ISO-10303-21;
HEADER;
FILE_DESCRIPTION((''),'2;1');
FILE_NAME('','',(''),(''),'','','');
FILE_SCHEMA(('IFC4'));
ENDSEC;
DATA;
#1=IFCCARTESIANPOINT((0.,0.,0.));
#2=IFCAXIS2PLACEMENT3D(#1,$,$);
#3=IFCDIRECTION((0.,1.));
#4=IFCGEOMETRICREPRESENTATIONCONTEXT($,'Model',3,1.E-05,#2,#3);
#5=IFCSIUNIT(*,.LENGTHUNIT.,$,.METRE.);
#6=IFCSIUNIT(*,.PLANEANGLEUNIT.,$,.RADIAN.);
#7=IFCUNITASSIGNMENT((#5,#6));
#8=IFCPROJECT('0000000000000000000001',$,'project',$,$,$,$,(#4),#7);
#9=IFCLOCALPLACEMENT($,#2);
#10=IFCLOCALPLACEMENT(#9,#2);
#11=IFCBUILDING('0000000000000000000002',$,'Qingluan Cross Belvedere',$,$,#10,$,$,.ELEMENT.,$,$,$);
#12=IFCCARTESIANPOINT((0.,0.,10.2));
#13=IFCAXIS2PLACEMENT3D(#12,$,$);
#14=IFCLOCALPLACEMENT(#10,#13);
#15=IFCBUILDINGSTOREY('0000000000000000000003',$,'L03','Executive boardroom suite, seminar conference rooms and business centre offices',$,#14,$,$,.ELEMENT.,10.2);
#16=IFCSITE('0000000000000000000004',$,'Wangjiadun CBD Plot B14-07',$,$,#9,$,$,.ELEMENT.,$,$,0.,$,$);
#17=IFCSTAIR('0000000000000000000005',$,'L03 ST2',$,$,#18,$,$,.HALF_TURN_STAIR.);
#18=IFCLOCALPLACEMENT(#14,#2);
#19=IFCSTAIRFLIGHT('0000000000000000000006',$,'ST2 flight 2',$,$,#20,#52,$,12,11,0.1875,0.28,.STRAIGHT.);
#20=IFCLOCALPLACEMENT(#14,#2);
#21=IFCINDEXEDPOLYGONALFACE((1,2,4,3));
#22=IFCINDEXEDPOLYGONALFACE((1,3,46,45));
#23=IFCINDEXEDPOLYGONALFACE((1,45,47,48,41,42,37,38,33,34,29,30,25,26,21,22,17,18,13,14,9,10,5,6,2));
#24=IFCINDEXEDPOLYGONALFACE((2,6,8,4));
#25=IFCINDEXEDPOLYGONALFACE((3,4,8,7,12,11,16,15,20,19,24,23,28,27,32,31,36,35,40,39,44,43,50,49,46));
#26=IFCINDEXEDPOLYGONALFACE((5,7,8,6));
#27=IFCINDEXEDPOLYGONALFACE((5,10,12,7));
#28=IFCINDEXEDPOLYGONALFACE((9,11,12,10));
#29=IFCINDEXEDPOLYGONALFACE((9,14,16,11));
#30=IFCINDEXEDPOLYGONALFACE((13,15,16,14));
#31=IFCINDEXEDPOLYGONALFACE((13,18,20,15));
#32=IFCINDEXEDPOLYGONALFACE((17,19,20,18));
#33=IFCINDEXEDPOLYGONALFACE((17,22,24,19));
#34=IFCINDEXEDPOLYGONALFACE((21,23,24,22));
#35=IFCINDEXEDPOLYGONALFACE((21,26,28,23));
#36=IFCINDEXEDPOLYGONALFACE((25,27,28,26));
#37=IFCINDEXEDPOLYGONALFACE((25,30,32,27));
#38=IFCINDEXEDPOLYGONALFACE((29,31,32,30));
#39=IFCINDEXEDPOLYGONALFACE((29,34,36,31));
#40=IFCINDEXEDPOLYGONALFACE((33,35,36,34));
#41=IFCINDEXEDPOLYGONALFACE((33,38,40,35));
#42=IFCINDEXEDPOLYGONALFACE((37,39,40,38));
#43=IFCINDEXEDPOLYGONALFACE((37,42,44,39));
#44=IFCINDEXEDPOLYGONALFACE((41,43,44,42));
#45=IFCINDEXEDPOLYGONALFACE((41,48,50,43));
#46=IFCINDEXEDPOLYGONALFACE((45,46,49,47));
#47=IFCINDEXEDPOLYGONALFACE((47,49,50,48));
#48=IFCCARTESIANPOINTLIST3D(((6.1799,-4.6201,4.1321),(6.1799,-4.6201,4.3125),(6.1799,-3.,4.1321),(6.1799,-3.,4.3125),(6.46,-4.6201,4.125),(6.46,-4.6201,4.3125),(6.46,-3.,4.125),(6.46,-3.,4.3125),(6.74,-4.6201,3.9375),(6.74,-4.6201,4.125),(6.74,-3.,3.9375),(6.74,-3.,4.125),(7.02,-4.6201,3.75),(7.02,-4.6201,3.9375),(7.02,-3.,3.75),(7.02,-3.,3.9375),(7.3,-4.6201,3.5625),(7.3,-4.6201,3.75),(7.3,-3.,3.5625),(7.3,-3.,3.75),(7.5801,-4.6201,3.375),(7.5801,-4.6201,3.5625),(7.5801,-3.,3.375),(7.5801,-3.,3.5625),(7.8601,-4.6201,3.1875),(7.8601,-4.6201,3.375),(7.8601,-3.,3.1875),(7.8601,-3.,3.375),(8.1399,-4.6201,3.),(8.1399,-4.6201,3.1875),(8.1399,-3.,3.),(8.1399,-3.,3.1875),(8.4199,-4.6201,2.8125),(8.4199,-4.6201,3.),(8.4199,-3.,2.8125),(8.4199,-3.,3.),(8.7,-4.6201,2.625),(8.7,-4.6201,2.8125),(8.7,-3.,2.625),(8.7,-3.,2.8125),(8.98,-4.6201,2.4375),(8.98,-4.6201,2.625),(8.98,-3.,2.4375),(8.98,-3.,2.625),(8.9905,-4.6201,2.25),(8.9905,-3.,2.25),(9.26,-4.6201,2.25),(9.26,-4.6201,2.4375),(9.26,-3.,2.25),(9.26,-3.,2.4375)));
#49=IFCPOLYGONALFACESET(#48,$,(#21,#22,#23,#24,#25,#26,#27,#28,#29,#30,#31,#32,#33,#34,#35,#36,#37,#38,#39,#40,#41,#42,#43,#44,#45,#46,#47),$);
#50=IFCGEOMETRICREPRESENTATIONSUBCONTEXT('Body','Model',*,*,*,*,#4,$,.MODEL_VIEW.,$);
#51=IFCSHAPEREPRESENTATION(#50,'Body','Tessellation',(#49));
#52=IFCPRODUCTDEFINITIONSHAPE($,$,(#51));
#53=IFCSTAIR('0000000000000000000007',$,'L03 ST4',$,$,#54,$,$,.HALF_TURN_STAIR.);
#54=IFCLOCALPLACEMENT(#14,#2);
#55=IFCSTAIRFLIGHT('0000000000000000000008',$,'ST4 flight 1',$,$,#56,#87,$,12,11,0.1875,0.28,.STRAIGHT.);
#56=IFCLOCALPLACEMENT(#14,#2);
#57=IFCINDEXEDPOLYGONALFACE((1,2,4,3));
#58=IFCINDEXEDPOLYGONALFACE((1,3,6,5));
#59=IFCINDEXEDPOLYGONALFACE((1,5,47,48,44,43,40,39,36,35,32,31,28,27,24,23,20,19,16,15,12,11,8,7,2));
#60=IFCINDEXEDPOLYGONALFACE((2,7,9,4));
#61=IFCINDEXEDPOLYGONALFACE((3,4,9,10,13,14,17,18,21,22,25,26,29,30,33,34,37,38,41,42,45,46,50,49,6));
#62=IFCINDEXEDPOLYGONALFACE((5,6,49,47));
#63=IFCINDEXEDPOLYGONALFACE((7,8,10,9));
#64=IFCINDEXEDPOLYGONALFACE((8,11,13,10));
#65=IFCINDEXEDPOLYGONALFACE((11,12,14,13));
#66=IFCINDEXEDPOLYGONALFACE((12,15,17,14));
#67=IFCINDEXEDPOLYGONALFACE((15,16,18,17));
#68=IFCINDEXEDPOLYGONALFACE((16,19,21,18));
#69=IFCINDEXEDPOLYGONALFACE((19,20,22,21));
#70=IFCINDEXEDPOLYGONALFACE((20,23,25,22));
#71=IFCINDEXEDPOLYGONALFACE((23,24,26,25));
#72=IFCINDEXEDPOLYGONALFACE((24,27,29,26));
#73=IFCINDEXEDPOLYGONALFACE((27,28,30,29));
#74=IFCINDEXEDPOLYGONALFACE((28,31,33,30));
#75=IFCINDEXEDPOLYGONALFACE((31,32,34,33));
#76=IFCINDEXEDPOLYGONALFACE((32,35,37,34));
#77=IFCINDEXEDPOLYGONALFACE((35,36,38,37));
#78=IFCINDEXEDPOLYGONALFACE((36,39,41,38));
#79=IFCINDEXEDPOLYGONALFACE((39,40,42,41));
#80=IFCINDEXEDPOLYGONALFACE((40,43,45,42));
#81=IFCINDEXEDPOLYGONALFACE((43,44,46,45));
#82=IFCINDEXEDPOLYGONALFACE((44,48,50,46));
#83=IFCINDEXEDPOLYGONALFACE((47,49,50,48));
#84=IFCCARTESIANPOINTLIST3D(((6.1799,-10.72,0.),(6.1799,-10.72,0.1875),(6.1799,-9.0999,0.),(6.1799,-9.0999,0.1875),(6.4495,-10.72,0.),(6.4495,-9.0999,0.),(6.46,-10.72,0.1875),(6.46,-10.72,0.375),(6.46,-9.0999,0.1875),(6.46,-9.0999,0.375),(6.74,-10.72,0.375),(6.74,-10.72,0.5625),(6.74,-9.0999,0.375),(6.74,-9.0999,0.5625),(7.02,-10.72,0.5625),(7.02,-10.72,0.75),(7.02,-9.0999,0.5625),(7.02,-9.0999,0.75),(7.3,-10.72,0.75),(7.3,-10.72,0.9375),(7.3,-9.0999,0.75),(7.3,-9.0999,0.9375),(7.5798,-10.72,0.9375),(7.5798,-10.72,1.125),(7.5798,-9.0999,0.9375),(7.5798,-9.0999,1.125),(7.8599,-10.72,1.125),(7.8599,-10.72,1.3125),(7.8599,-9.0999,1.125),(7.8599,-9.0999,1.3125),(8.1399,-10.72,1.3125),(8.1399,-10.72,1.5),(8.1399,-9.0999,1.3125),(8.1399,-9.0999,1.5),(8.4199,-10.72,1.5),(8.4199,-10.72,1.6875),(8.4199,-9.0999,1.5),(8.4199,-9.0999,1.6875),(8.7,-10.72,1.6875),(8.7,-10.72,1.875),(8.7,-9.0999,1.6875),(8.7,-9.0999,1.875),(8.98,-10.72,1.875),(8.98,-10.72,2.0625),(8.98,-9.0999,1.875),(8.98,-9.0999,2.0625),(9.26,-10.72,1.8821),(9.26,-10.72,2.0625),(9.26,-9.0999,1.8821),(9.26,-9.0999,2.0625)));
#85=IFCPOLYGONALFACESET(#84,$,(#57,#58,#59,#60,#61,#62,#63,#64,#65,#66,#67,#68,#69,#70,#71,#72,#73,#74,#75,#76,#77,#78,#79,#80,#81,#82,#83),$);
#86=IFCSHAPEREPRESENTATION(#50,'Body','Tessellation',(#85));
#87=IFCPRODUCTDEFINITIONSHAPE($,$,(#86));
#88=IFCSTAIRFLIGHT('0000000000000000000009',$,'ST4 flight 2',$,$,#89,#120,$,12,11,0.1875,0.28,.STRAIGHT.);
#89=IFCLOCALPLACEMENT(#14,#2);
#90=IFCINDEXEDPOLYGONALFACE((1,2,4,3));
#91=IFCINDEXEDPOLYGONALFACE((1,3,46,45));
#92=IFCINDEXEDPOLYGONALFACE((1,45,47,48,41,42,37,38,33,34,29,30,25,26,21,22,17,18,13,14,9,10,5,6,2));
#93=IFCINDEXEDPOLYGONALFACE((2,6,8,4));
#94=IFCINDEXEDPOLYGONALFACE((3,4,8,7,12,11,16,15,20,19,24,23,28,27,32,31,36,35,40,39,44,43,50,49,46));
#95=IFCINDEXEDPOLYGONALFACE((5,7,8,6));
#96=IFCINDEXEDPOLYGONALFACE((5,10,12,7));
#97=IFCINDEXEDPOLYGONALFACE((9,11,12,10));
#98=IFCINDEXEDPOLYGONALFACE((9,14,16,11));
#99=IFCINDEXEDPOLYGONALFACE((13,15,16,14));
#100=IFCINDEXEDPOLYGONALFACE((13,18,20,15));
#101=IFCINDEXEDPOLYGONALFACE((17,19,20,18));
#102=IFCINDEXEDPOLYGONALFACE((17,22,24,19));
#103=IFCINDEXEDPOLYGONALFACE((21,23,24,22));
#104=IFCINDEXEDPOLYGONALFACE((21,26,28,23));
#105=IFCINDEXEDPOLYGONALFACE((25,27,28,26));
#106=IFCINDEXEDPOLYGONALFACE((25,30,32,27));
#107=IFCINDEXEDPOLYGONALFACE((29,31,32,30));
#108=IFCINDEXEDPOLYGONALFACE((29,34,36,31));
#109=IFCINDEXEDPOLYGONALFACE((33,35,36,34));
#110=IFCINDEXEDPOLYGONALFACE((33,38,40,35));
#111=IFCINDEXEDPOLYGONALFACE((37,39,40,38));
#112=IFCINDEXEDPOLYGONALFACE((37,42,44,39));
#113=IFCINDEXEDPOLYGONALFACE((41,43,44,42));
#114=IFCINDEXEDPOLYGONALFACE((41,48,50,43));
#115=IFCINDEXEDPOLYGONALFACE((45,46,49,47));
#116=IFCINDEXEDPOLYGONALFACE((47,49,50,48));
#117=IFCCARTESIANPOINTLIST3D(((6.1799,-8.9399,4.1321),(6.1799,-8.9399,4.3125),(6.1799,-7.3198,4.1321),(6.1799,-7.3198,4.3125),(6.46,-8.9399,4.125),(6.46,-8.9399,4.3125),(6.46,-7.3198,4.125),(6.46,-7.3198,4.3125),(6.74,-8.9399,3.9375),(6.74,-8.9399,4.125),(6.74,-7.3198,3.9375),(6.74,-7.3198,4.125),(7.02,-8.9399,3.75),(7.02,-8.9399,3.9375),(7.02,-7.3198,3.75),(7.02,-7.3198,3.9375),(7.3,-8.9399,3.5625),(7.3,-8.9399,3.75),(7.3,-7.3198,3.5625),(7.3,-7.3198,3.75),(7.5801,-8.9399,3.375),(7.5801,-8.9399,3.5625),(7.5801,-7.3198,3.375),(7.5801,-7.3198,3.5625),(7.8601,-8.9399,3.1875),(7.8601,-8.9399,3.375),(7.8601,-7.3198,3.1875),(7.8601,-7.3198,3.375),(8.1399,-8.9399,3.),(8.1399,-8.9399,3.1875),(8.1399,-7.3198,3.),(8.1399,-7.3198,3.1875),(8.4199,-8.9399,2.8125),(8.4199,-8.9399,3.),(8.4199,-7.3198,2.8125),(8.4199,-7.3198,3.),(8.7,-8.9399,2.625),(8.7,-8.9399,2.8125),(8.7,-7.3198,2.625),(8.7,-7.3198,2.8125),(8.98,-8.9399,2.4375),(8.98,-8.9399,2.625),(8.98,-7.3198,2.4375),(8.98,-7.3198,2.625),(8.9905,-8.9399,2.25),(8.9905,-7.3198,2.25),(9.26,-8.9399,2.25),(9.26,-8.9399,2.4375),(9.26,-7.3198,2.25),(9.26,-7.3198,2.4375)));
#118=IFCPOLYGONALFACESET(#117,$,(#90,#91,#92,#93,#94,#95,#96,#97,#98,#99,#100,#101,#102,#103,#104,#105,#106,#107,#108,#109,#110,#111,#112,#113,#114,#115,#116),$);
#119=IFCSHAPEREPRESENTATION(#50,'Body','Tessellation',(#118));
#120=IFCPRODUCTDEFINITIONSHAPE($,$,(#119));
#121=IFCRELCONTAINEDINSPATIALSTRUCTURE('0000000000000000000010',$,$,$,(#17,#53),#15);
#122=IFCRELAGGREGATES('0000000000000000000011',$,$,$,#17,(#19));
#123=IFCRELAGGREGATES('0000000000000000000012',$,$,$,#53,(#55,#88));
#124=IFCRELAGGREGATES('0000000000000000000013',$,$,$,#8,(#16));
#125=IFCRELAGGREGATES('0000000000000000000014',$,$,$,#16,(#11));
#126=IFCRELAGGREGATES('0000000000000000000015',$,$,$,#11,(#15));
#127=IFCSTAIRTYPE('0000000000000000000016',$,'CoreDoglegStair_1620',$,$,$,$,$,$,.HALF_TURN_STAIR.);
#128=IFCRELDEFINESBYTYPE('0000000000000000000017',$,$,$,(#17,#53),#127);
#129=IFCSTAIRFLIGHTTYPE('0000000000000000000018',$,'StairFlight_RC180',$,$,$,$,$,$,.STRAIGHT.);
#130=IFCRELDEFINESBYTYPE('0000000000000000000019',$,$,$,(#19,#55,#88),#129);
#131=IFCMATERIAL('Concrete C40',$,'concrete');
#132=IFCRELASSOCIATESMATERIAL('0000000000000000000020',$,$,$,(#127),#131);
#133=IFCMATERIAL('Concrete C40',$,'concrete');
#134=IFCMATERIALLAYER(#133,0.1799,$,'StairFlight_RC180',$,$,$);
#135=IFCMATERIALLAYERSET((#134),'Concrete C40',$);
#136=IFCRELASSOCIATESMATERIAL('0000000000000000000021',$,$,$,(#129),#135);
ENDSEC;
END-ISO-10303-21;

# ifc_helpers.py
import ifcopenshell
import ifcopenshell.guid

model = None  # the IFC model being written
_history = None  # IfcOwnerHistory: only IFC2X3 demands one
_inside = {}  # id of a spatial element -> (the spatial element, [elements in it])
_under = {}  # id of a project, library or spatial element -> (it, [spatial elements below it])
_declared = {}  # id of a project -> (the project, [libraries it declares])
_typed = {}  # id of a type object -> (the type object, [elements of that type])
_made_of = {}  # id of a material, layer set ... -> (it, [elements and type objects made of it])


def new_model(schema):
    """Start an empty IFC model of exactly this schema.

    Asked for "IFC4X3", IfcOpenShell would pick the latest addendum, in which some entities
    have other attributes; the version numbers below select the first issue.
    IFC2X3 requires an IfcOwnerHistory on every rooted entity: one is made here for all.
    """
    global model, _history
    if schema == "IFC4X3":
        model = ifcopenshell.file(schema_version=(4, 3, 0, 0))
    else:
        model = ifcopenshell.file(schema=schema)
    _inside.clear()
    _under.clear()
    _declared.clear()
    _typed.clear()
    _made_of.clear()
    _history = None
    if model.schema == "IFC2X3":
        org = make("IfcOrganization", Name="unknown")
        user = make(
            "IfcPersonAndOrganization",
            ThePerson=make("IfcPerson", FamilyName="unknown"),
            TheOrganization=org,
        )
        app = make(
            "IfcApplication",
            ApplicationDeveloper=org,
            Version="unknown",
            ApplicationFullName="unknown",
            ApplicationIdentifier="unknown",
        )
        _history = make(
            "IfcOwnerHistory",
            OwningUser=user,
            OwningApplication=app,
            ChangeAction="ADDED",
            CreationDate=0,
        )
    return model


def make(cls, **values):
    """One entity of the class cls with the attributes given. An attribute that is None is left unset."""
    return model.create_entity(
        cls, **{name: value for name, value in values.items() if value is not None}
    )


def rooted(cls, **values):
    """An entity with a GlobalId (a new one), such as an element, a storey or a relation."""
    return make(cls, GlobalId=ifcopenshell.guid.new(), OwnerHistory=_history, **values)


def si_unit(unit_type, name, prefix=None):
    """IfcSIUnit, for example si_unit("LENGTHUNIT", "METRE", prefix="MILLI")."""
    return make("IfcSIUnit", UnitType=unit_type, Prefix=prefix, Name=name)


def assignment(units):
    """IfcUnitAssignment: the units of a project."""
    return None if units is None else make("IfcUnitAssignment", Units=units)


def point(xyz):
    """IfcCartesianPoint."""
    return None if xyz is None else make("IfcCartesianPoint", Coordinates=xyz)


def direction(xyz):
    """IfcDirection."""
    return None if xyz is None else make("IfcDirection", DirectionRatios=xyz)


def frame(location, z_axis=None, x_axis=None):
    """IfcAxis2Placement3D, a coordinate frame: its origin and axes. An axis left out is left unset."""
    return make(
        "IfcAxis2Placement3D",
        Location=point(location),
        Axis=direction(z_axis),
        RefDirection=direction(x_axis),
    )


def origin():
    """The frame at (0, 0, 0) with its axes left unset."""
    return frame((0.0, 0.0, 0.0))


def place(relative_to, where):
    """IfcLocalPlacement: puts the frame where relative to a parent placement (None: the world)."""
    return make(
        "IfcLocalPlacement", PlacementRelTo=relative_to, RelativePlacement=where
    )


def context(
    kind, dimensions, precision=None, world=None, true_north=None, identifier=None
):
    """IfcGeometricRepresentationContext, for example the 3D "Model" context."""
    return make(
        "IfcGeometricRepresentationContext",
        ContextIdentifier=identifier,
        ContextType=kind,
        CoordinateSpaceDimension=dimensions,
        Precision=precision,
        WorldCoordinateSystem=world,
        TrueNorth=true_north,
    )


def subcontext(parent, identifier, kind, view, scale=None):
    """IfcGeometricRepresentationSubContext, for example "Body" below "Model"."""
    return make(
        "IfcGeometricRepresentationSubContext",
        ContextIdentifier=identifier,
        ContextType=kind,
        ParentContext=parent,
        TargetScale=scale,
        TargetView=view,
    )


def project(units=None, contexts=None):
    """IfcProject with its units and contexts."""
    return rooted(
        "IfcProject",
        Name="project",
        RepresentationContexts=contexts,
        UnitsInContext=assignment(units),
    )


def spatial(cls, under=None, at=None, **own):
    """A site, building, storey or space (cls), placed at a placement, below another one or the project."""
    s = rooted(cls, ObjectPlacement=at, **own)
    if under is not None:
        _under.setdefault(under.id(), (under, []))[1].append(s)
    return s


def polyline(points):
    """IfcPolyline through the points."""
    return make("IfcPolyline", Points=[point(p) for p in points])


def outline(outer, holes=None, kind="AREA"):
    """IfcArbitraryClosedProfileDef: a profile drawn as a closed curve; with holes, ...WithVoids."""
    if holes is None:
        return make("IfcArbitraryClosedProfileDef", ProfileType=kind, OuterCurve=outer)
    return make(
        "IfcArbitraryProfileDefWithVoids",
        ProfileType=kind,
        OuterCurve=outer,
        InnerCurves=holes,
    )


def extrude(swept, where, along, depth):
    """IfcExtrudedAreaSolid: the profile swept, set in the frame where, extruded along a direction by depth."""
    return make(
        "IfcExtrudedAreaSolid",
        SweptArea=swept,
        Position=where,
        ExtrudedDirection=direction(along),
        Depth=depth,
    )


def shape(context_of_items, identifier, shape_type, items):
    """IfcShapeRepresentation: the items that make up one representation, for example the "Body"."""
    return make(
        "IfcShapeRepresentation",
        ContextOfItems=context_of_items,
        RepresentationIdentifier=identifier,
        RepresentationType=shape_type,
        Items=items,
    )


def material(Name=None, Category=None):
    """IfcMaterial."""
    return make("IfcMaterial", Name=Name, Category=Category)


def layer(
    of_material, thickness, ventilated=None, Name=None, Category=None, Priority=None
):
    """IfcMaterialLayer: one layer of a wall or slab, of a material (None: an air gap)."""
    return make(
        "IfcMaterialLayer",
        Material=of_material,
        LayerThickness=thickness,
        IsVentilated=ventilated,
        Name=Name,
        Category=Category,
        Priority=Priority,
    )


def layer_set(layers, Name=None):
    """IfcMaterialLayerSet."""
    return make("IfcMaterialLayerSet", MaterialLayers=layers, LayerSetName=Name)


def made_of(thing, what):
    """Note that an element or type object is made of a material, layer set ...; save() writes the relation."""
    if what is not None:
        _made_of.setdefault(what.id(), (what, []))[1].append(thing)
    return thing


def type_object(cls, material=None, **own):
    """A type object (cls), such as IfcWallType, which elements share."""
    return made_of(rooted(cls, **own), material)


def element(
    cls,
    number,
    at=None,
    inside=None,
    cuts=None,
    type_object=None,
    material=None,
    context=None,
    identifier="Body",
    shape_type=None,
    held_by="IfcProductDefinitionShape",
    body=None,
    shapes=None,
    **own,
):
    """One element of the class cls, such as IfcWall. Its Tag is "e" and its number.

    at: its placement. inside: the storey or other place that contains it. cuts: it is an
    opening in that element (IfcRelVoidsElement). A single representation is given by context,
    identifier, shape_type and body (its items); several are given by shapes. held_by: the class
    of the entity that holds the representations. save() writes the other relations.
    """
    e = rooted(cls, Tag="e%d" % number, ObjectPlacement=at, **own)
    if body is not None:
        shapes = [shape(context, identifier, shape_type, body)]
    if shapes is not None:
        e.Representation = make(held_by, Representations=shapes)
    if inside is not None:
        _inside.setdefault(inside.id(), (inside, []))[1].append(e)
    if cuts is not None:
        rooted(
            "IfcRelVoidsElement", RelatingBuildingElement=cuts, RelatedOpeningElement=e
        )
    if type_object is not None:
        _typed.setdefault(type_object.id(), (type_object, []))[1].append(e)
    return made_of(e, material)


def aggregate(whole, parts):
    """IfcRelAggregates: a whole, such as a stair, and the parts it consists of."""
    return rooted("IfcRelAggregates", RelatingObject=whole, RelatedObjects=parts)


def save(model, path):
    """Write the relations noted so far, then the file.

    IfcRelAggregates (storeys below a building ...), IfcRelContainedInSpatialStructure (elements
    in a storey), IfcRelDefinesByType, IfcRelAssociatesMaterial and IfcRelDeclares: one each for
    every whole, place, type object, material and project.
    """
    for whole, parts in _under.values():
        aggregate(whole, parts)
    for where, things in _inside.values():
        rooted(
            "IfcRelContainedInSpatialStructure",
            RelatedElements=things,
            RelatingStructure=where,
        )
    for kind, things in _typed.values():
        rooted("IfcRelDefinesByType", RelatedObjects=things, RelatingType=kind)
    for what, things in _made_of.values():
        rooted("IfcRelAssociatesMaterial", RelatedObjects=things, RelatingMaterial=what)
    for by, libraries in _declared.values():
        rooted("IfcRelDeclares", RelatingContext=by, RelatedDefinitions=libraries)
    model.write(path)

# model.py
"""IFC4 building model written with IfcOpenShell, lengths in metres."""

from ifc_helpers import new_model, si_unit, direction, frame, origin, place, context, subcontext, project, spatial, polyline, outline, extrude, material, layer, layer_set, type_object, element, aggregate, save


model = new_model("IFC4")

# Units and contexts
model_context = context("Model", 3, precision=1e-05, world=origin(), true_north=direction((0.0, 1.0)))
body_context = subcontext(model_context, "Body", "Model", "MODEL_VIEW")
ifc_project = project(units=[si_unit("LENGTHUNIT", "METRE"), si_unit("PLANEANGLEUNIT", "RADIAN")], contexts=[model_context])

# Site, building, storey
site_placement = place(None, origin())
site = spatial("IfcSite", under=ifc_project, at=site_placement, Name="Wangjiadun CBD Plot B14-07", CompositionType="ELEMENT", RefElevation=0.0)
building_placement = place(site_placement, origin())
building = spatial("IfcBuilding", under=site, at=building_placement, Name="Qingluan Cross Belvedere", CompositionType="ELEMENT")
storey_placement = place(building_placement, frame((0.0, 0.0, 10.2)))
storey = spatial("IfcBuildingStorey", under=building, at=storey_placement, Name="L03", Description="Executive boardroom suite, seminar conference rooms and business centre offices", CompositionType="ELEMENT", Elevation=10.2)

# Stairs, stair flights
ifc_material_1 = material(Name="Concrete C40", Category="concrete")
stair_type = type_object("IfcStairType", Name="CoreDoglegStair_1620", PredefinedType="HALF_TURN_STAIR", material=ifc_material_1)
stair_1_placement = place(storey_placement, origin())
stair_1 = element("IfcStair", 1, at=stair_1_placement, inside=storey, type_object=stair_type, Name="L03 ST2", PredefinedType="HALF_TURN_STAIR")
ifc_material_2 = material(Name="Concrete C40", Category="concrete")
ifc_layer_1 = layer(ifc_material_2, 0.1799, Name="StairFlight_RC180")
ifc_layer_set_1 = layer_set([ifc_layer_1], Name="Concrete C40")
stair_flight_type = type_object("IfcStairFlightType", Name="StairFlight_RC180", PredefinedType="STRAIGHT", material=ifc_layer_set_1)
stair_flight_1_placement = place(storey_placement, frame((9.26, -3.8101, 2.25), z_axis=(0.0, 0.0, 1.0), x_axis=(-1.0, 0.0, 0.0)))
stair_flight_1 = element("IfcStairFlight", 2, at=stair_flight_1_placement, type_object=stair_flight_type, Name="ST2 flight 2", NumberOfRisers=12, NumberOfTreads=11, PredefinedType="STRAIGHT", RiserHeight=0.1875, TreadLength=0.28, context=body_context, shape_type="SweptSolid", body=[
    extrude(outline(polyline([(0.0, 0.0), (0.0, 0.1875), (0.28, 0.1875), (0.28, 0.375), (0.5601, 0.375), (0.5601, 0.5625), (0.8401, 0.5625), (0.8401, 0.75), (1.1201, 0.75), (1.1201, 0.9375), (1.3999, 0.9375), (1.3999, 1.125), (1.6799, 1.125), (1.6799, 1.3125), (1.96, 1.3125), (1.96, 1.5), (2.24, 1.5), (2.24, 1.6875), (2.52, 1.6875), (2.52, 1.875), (2.8, 1.875), (2.8, 2.0625), (3.0801, 2.0625), (3.0801, 2.25), (3.0801, 1.8821), (0.2695, 0.0), (0.0, 0.0)])), frame((0.0, 0.8101, 0.0), z_axis=(0.0, -1.0, 0.0), x_axis=(1.0, 0.0, 0.0)), (0.0, 0.0, 1.0), 1.6201),
])
aggregate(stair_1, [stair_flight_1])
stair_2_placement = place(storey_placement, origin())
stair_2 = element("IfcStair", 3, at=stair_2_placement, inside=storey, type_object=stair_type, Name="L03 ST4", PredefinedType="HALF_TURN_STAIR")
stair_flight_2_placement = place(storey_placement, frame((6.1799, -9.9099, 0.0), z_axis=(0.0, 0.0, 1.0), x_axis=(1.0, 0.0, 0.0)))
stair_flight_2 = element("IfcStairFlight", 4, at=stair_flight_2_placement, type_object=stair_flight_type, Name="ST4 flight 1", NumberOfRisers=12, NumberOfTreads=11, PredefinedType="STRAIGHT", RiserHeight=0.1875, TreadLength=0.28, context=body_context, shape_type="SweptSolid", body=[
    extrude(outline(polyline([(0.0, 0.0), (0.0, 0.1875), (0.28, 0.1875), (0.28, 0.375), (0.5601, 0.375), (0.5601, 0.5625), (0.8401, 0.5625), (0.8401, 0.75), (1.1201, 0.75), (1.1201, 0.9375), (1.3999, 0.9375), (1.3999, 1.125), (1.6799, 1.125), (1.6799, 1.3125), (1.96, 1.3125), (1.96, 1.5), (2.24, 1.5), (2.24, 1.6875), (2.52, 1.6875), (2.52, 1.875), (2.8, 1.875), (2.8, 2.0625), (3.0801, 2.0625), (3.0801, 2.25), (3.0801, 1.8821), (0.2695, 0.0), (0.0, 0.0)])), frame((0.0, 0.8101, 0.0), z_axis=(0.0, -1.0, 0.0), x_axis=(1.0, 0.0, 0.0)), (0.0, 0.0, 1.0), 1.6201),
])
stair_flight_3_placement = place(storey_placement, frame((9.26, -8.1299, 2.25), z_axis=(0.0, 0.0, 1.0), x_axis=(-1.0, 0.0, 0.0)))
stair_flight_3 = element("IfcStairFlight", 5, at=stair_flight_3_placement, type_object=stair_flight_type, Name="ST4 flight 2", NumberOfRisers=12, NumberOfTreads=11, PredefinedType="STRAIGHT", RiserHeight=0.1875, TreadLength=0.28, context=body_context, shape_type="SweptSolid", body=[
    extrude(outline(polyline([(0.0, 0.0), (0.0, 0.1875), (0.28, 0.1875), (0.28, 0.375), (0.5601, 0.375), (0.5601, 0.5625), (0.8401, 0.5625), (0.8401, 0.75), (1.1201, 0.75), (1.1201, 0.9375), (1.3999, 0.9375), (1.3999, 1.125), (1.6799, 1.125), (1.6799, 1.3125), (1.96, 1.3125), (1.96, 1.5), (2.24, 1.5), (2.24, 1.6875), (2.52, 1.6875), (2.52, 1.875), (2.8, 1.875), (2.8, 2.0625), (3.0801, 2.0625), (3.0801, 2.25), (3.0801, 1.8821), (0.2695, 0.0), (0.0, 0.0)])), frame((0.0, 0.8101, 0.0), z_axis=(0.0, -1.0, 0.0), x_axis=(1.0, 0.0, 0.0)), (0.0, 0.0, 1.0), 1.6201),
])
aggregate(stair_2, [stair_flight_2, stair_flight_3])

save(model, "model.ifc")
